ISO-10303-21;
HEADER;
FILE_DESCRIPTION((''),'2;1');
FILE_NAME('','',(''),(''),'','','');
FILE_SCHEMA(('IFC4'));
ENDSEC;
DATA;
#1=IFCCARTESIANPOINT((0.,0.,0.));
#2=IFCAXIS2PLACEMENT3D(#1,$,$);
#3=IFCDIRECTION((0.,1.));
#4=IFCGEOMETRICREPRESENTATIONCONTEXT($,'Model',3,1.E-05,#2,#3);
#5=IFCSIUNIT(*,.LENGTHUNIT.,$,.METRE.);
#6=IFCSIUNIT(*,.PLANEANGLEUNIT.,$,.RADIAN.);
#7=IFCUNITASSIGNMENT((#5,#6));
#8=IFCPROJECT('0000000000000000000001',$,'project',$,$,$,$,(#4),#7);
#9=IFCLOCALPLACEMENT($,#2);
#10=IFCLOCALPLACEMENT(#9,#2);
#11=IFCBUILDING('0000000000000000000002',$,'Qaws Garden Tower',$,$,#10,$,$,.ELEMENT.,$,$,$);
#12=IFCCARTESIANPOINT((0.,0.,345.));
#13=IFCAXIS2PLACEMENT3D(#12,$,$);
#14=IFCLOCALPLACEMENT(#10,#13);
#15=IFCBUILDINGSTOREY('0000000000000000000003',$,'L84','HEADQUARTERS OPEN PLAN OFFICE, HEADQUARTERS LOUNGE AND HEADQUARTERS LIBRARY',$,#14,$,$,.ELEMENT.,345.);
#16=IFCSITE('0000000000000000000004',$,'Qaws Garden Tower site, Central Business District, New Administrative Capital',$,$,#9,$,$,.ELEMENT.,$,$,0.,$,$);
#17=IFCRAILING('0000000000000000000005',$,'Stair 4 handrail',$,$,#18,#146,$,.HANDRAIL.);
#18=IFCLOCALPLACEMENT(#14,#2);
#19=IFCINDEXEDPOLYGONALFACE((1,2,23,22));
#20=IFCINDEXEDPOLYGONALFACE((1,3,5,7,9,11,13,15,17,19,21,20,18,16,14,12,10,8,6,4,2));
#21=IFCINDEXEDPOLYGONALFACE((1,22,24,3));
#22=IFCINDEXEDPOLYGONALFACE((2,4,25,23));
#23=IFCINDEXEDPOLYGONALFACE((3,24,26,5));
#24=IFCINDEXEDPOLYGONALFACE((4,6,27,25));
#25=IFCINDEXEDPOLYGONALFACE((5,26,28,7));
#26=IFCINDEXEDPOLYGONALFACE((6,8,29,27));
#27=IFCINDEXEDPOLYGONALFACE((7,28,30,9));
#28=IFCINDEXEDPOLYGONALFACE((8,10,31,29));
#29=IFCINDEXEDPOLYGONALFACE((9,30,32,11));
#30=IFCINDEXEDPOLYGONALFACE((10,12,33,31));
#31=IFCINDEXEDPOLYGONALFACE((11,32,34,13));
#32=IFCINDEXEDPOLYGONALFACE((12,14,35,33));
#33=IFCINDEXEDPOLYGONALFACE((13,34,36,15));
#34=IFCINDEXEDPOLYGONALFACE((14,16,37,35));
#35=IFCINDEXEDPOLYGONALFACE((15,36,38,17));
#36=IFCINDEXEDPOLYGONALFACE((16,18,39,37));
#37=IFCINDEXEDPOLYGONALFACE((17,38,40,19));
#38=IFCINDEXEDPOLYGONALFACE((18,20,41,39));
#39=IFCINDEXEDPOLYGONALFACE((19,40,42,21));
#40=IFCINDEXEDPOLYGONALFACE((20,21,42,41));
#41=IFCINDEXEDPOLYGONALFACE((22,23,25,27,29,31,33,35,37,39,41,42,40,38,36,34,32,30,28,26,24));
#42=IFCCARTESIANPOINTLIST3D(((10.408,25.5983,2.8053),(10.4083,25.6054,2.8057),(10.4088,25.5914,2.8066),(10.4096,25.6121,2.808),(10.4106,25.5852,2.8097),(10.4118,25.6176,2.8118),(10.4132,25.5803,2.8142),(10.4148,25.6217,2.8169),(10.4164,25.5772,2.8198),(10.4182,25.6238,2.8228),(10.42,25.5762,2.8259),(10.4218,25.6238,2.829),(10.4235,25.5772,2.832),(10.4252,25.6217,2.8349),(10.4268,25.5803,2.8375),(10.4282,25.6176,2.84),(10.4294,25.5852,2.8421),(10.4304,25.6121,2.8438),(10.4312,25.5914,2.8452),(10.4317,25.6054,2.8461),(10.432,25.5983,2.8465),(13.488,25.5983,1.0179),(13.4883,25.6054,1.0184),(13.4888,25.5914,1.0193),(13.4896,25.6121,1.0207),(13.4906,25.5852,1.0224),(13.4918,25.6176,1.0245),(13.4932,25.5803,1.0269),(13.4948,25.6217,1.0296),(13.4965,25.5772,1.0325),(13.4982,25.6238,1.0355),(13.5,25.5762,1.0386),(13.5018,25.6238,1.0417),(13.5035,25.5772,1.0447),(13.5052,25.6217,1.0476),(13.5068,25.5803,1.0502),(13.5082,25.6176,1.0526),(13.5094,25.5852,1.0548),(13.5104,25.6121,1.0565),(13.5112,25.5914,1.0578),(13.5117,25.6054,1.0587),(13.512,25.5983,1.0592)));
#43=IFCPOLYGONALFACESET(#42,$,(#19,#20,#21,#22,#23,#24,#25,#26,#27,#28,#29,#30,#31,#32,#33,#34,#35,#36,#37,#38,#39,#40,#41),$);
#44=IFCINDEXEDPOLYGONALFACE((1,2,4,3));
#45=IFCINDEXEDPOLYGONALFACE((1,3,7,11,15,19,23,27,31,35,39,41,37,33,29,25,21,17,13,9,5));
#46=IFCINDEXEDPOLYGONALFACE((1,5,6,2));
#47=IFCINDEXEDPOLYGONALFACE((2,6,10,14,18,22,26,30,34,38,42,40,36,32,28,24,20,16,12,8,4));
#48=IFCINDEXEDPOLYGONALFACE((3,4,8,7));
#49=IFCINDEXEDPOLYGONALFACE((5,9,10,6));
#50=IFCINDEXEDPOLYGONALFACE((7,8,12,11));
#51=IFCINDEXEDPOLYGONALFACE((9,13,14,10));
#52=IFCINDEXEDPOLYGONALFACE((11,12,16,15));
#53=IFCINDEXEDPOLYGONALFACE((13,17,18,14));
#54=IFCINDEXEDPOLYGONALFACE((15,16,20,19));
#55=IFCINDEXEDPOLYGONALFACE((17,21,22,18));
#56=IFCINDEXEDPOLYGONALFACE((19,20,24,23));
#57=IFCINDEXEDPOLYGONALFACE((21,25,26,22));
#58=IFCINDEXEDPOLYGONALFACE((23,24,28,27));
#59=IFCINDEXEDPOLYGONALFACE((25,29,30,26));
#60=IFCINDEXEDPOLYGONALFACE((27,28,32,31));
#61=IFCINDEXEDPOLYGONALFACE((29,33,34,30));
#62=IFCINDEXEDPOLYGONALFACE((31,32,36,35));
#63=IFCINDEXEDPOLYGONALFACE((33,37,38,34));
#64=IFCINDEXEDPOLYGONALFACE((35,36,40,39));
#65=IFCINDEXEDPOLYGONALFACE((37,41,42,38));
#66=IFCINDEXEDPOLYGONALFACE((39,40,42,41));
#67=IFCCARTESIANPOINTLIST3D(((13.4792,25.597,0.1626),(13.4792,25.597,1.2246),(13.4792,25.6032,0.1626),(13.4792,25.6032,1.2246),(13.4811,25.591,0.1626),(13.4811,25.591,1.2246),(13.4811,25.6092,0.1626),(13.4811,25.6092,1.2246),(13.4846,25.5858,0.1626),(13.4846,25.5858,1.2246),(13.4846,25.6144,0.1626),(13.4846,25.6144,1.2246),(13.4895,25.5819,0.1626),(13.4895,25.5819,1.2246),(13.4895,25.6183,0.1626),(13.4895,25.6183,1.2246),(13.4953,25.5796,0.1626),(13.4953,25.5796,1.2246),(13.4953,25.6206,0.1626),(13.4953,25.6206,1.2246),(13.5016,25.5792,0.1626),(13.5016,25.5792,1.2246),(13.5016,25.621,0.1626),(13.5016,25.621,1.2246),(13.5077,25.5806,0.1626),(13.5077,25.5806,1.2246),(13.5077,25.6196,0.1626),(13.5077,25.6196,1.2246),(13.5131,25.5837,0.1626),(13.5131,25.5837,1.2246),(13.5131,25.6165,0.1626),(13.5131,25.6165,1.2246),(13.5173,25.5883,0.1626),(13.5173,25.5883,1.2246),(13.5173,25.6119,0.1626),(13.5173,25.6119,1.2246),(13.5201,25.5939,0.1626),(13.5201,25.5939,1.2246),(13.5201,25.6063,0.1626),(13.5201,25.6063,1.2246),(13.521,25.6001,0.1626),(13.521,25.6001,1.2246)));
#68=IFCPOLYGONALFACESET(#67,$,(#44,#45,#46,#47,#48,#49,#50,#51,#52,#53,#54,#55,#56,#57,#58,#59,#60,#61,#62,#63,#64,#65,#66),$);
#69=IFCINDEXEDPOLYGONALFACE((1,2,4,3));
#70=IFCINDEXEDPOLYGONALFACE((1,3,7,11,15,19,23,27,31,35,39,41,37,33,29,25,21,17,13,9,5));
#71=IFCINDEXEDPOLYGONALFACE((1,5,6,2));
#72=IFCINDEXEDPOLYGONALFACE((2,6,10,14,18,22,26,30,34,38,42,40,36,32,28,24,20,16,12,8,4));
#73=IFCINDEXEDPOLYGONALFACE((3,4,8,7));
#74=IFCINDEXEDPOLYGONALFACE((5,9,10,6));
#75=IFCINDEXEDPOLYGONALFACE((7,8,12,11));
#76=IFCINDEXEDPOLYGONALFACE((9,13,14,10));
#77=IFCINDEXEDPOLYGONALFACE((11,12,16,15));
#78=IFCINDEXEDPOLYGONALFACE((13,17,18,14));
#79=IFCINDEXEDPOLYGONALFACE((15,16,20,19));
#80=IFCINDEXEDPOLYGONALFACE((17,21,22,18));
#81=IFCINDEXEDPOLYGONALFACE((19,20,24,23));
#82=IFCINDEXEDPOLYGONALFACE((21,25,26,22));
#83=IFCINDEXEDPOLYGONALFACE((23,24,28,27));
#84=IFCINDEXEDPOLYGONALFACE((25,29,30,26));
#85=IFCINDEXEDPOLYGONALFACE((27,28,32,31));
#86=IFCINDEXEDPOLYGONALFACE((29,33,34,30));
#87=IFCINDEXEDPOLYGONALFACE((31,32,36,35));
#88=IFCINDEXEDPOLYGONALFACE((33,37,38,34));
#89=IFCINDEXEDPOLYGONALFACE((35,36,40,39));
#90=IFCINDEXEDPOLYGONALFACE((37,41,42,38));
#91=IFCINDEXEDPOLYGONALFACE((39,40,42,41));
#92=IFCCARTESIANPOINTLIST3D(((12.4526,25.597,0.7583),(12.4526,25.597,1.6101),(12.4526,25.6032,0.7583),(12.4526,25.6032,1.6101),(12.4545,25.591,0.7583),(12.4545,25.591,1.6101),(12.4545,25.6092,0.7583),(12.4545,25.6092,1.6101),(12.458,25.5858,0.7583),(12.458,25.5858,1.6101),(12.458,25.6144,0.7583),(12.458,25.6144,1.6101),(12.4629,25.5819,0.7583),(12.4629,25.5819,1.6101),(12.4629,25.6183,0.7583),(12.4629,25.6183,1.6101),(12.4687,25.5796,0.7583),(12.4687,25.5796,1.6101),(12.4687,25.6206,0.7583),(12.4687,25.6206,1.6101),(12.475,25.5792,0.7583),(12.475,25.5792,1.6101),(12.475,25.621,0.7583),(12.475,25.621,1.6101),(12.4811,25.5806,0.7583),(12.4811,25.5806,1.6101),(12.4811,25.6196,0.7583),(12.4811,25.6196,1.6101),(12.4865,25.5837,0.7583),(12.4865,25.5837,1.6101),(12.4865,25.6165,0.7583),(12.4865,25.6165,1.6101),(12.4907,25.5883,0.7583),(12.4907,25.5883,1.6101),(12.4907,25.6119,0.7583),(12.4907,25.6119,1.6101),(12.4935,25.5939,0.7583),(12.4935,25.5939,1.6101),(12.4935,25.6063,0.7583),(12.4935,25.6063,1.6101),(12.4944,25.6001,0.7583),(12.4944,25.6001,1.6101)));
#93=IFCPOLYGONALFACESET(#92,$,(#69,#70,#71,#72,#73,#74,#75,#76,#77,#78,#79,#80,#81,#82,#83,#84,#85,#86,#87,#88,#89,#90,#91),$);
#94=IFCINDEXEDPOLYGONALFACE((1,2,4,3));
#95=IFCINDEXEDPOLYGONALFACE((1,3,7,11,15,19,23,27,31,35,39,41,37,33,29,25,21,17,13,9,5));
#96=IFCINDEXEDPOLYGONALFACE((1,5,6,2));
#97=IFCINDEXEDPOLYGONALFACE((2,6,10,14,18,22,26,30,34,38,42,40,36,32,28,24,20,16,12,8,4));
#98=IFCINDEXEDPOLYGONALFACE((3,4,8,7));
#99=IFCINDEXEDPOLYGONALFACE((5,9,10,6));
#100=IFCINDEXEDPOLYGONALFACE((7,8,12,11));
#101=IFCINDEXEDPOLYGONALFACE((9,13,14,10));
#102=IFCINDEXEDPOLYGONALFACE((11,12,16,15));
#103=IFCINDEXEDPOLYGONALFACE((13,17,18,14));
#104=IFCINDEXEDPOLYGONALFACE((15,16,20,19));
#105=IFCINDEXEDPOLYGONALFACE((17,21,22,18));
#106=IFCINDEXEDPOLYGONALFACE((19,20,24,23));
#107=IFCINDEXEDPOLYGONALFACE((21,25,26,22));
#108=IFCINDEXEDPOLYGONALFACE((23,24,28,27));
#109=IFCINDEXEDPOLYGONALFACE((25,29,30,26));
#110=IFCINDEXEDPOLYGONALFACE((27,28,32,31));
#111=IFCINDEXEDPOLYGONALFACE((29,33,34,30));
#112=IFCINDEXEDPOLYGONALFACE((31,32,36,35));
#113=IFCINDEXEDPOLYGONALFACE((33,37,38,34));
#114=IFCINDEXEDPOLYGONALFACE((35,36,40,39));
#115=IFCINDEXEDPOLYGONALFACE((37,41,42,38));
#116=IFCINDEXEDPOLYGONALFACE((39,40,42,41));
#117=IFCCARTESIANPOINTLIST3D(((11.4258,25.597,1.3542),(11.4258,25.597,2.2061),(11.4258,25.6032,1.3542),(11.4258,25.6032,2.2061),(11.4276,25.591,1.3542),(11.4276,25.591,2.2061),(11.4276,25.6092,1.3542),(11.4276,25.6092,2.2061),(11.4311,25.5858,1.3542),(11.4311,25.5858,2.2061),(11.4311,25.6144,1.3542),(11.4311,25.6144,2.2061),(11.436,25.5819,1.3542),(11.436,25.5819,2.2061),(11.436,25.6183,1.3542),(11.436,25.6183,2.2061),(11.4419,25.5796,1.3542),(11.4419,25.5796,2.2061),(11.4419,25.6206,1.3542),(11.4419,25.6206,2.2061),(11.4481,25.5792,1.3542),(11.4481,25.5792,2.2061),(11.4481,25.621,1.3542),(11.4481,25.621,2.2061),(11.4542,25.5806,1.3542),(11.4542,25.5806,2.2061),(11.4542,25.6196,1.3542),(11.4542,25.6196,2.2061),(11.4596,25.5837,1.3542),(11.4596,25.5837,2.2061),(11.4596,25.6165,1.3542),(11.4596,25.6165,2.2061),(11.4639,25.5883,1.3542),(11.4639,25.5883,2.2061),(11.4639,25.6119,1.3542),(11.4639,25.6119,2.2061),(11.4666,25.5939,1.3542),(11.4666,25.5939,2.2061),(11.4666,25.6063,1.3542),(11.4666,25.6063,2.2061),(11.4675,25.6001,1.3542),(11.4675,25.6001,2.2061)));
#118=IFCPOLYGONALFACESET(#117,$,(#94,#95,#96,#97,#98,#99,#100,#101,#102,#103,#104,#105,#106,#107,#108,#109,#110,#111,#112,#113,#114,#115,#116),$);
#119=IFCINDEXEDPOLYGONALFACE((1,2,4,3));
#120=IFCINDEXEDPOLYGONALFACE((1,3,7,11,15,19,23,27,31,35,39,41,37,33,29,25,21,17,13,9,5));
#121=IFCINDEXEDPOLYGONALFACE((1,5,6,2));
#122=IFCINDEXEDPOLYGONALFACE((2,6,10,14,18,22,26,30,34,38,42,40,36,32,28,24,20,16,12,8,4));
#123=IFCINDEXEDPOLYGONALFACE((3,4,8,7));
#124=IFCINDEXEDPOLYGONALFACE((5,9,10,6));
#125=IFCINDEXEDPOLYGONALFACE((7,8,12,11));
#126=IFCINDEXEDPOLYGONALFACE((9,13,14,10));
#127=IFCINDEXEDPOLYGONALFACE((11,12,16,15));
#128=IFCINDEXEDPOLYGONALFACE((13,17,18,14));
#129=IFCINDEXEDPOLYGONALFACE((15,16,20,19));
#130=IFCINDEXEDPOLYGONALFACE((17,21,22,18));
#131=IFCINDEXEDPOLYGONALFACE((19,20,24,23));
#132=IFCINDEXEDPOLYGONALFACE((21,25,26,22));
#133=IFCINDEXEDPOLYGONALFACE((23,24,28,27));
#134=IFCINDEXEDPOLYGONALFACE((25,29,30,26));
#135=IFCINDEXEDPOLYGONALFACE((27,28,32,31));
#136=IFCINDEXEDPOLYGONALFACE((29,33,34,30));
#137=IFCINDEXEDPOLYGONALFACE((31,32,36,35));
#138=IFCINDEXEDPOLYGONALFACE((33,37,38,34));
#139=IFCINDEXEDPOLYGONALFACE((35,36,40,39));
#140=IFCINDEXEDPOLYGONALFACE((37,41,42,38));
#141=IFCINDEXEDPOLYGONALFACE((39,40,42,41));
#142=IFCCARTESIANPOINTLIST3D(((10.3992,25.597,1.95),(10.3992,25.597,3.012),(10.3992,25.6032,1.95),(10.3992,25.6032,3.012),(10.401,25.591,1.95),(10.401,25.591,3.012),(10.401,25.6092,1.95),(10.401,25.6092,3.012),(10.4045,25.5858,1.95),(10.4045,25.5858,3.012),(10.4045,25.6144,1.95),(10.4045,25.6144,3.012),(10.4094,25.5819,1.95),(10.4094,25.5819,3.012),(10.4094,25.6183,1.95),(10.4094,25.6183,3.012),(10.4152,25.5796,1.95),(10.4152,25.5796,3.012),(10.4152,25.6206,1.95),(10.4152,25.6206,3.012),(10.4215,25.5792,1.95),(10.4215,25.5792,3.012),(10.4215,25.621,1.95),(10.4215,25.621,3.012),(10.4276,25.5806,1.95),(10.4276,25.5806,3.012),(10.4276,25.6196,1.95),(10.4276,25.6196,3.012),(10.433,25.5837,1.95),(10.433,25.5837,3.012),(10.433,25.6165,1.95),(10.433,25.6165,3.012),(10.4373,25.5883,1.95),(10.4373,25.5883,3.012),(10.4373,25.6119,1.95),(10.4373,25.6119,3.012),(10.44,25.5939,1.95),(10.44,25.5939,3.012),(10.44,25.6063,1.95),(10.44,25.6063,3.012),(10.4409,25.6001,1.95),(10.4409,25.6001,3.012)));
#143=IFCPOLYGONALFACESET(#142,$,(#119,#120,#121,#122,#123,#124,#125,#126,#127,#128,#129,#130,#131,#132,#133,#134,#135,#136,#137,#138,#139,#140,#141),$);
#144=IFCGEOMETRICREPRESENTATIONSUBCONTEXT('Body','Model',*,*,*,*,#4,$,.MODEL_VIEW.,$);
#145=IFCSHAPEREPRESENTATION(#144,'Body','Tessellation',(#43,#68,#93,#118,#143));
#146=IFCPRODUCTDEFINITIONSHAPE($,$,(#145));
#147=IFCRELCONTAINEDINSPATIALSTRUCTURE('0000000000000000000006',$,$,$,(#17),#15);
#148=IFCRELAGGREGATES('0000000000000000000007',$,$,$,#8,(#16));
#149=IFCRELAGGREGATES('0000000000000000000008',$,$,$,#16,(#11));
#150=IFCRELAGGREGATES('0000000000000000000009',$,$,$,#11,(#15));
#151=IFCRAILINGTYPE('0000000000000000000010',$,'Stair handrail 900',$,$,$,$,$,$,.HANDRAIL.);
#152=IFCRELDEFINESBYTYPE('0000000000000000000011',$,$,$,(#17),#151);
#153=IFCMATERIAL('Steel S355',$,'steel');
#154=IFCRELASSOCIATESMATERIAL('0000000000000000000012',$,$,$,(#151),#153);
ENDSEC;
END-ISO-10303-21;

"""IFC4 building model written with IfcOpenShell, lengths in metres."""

from ifc_helpers import new_model, si_unit, direction, frame, origin, origin_2d, place, context, subcontext, project, spatial, circle, extrude, material, type_object, element, save


model = new_model("IFC4")

# Units and contexts
model_context = context("Model", 3, precision=1e-05, world=origin(), true_north=direction((0.0, 1.0)))
body_context = subcontext(model_context, "Body", "Model", "MODEL_VIEW")
ifc_project = project(units=[si_unit("LENGTHUNIT", "METRE"), si_unit("PLANEANGLEUNIT", "RADIAN")], contexts=[model_context])

# Site, building, storey
site_placement = place(None, origin())
site = spatial("IfcSite", under=ifc_project, at=site_placement, Name="Qaws Garden Tower site, Central Business District, New Administrative Capital", CompositionType="ELEMENT", RefElevation=0.0)
building_placement = place(site_placement, origin())
building = spatial("IfcBuilding", under=site, at=building_placement, Name="Qaws Garden Tower", CompositionType="ELEMENT")
storey_placement = place(building_placement, frame((0.0, 0.0, 345.0)))
storey = spatial("IfcBuildingStorey", under=building, at=storey_placement, Name="L84", Description="HEADQUARTERS OPEN PLAN OFFICE, HEADQUARTERS LOUNGE AND HEADQUARTERS LIBRARY", CompositionType="ELEMENT", Elevation=345.0)

# Railing
ifc_material_1 = material(Name="Steel S355", Category="steel")
railing_type = type_object("IfcRailingType", Name="Stair handrail 900", PredefinedType="HANDRAIL", material=ifc_material_1)
railing_1_placement = place(storey_placement, frame((13.5, 25.6001, 0.1626)))
element("IfcRailing", 1, at=railing_1_placement, inside=storey, type_object=railing_type, Name="Stair 4 handrail", PredefinedType="HANDRAIL", context=body_context, shape_type="SweptSolid", body=[
    extrude(circle(Radius=0.0239, at=origin_2d()), frame((0.0, 0.0, 0.876), z_axis=(-0.86492, 0.0, 0.501909), x_axis=(0.0, -1.0, 0.0)), (0.0, 0.0, 1.0), 3.561),
    extrude(circle(Radius=0.021, at=origin_2d()), origin(), (0.0, 0.0, 1.0), 1.062),
    extrude(circle(Radius=0.021, at=origin_2d()), frame((-1.0266, 0.0, 0.5957)), (0.0, 0.0, 1.0), 0.8518),
    extrude(circle(Radius=0.021, at=origin_2d()), frame((-2.0535, 0.0, 1.1917)), (0.0, 0.0, 1.0), 0.8518),
    extrude(circle(Radius=0.021, at=origin_2d()), frame((-3.0801, 0.0, 1.7874)), (0.0, 0.0, 1.0), 1.062),
])

save(model, "model.ifc")
